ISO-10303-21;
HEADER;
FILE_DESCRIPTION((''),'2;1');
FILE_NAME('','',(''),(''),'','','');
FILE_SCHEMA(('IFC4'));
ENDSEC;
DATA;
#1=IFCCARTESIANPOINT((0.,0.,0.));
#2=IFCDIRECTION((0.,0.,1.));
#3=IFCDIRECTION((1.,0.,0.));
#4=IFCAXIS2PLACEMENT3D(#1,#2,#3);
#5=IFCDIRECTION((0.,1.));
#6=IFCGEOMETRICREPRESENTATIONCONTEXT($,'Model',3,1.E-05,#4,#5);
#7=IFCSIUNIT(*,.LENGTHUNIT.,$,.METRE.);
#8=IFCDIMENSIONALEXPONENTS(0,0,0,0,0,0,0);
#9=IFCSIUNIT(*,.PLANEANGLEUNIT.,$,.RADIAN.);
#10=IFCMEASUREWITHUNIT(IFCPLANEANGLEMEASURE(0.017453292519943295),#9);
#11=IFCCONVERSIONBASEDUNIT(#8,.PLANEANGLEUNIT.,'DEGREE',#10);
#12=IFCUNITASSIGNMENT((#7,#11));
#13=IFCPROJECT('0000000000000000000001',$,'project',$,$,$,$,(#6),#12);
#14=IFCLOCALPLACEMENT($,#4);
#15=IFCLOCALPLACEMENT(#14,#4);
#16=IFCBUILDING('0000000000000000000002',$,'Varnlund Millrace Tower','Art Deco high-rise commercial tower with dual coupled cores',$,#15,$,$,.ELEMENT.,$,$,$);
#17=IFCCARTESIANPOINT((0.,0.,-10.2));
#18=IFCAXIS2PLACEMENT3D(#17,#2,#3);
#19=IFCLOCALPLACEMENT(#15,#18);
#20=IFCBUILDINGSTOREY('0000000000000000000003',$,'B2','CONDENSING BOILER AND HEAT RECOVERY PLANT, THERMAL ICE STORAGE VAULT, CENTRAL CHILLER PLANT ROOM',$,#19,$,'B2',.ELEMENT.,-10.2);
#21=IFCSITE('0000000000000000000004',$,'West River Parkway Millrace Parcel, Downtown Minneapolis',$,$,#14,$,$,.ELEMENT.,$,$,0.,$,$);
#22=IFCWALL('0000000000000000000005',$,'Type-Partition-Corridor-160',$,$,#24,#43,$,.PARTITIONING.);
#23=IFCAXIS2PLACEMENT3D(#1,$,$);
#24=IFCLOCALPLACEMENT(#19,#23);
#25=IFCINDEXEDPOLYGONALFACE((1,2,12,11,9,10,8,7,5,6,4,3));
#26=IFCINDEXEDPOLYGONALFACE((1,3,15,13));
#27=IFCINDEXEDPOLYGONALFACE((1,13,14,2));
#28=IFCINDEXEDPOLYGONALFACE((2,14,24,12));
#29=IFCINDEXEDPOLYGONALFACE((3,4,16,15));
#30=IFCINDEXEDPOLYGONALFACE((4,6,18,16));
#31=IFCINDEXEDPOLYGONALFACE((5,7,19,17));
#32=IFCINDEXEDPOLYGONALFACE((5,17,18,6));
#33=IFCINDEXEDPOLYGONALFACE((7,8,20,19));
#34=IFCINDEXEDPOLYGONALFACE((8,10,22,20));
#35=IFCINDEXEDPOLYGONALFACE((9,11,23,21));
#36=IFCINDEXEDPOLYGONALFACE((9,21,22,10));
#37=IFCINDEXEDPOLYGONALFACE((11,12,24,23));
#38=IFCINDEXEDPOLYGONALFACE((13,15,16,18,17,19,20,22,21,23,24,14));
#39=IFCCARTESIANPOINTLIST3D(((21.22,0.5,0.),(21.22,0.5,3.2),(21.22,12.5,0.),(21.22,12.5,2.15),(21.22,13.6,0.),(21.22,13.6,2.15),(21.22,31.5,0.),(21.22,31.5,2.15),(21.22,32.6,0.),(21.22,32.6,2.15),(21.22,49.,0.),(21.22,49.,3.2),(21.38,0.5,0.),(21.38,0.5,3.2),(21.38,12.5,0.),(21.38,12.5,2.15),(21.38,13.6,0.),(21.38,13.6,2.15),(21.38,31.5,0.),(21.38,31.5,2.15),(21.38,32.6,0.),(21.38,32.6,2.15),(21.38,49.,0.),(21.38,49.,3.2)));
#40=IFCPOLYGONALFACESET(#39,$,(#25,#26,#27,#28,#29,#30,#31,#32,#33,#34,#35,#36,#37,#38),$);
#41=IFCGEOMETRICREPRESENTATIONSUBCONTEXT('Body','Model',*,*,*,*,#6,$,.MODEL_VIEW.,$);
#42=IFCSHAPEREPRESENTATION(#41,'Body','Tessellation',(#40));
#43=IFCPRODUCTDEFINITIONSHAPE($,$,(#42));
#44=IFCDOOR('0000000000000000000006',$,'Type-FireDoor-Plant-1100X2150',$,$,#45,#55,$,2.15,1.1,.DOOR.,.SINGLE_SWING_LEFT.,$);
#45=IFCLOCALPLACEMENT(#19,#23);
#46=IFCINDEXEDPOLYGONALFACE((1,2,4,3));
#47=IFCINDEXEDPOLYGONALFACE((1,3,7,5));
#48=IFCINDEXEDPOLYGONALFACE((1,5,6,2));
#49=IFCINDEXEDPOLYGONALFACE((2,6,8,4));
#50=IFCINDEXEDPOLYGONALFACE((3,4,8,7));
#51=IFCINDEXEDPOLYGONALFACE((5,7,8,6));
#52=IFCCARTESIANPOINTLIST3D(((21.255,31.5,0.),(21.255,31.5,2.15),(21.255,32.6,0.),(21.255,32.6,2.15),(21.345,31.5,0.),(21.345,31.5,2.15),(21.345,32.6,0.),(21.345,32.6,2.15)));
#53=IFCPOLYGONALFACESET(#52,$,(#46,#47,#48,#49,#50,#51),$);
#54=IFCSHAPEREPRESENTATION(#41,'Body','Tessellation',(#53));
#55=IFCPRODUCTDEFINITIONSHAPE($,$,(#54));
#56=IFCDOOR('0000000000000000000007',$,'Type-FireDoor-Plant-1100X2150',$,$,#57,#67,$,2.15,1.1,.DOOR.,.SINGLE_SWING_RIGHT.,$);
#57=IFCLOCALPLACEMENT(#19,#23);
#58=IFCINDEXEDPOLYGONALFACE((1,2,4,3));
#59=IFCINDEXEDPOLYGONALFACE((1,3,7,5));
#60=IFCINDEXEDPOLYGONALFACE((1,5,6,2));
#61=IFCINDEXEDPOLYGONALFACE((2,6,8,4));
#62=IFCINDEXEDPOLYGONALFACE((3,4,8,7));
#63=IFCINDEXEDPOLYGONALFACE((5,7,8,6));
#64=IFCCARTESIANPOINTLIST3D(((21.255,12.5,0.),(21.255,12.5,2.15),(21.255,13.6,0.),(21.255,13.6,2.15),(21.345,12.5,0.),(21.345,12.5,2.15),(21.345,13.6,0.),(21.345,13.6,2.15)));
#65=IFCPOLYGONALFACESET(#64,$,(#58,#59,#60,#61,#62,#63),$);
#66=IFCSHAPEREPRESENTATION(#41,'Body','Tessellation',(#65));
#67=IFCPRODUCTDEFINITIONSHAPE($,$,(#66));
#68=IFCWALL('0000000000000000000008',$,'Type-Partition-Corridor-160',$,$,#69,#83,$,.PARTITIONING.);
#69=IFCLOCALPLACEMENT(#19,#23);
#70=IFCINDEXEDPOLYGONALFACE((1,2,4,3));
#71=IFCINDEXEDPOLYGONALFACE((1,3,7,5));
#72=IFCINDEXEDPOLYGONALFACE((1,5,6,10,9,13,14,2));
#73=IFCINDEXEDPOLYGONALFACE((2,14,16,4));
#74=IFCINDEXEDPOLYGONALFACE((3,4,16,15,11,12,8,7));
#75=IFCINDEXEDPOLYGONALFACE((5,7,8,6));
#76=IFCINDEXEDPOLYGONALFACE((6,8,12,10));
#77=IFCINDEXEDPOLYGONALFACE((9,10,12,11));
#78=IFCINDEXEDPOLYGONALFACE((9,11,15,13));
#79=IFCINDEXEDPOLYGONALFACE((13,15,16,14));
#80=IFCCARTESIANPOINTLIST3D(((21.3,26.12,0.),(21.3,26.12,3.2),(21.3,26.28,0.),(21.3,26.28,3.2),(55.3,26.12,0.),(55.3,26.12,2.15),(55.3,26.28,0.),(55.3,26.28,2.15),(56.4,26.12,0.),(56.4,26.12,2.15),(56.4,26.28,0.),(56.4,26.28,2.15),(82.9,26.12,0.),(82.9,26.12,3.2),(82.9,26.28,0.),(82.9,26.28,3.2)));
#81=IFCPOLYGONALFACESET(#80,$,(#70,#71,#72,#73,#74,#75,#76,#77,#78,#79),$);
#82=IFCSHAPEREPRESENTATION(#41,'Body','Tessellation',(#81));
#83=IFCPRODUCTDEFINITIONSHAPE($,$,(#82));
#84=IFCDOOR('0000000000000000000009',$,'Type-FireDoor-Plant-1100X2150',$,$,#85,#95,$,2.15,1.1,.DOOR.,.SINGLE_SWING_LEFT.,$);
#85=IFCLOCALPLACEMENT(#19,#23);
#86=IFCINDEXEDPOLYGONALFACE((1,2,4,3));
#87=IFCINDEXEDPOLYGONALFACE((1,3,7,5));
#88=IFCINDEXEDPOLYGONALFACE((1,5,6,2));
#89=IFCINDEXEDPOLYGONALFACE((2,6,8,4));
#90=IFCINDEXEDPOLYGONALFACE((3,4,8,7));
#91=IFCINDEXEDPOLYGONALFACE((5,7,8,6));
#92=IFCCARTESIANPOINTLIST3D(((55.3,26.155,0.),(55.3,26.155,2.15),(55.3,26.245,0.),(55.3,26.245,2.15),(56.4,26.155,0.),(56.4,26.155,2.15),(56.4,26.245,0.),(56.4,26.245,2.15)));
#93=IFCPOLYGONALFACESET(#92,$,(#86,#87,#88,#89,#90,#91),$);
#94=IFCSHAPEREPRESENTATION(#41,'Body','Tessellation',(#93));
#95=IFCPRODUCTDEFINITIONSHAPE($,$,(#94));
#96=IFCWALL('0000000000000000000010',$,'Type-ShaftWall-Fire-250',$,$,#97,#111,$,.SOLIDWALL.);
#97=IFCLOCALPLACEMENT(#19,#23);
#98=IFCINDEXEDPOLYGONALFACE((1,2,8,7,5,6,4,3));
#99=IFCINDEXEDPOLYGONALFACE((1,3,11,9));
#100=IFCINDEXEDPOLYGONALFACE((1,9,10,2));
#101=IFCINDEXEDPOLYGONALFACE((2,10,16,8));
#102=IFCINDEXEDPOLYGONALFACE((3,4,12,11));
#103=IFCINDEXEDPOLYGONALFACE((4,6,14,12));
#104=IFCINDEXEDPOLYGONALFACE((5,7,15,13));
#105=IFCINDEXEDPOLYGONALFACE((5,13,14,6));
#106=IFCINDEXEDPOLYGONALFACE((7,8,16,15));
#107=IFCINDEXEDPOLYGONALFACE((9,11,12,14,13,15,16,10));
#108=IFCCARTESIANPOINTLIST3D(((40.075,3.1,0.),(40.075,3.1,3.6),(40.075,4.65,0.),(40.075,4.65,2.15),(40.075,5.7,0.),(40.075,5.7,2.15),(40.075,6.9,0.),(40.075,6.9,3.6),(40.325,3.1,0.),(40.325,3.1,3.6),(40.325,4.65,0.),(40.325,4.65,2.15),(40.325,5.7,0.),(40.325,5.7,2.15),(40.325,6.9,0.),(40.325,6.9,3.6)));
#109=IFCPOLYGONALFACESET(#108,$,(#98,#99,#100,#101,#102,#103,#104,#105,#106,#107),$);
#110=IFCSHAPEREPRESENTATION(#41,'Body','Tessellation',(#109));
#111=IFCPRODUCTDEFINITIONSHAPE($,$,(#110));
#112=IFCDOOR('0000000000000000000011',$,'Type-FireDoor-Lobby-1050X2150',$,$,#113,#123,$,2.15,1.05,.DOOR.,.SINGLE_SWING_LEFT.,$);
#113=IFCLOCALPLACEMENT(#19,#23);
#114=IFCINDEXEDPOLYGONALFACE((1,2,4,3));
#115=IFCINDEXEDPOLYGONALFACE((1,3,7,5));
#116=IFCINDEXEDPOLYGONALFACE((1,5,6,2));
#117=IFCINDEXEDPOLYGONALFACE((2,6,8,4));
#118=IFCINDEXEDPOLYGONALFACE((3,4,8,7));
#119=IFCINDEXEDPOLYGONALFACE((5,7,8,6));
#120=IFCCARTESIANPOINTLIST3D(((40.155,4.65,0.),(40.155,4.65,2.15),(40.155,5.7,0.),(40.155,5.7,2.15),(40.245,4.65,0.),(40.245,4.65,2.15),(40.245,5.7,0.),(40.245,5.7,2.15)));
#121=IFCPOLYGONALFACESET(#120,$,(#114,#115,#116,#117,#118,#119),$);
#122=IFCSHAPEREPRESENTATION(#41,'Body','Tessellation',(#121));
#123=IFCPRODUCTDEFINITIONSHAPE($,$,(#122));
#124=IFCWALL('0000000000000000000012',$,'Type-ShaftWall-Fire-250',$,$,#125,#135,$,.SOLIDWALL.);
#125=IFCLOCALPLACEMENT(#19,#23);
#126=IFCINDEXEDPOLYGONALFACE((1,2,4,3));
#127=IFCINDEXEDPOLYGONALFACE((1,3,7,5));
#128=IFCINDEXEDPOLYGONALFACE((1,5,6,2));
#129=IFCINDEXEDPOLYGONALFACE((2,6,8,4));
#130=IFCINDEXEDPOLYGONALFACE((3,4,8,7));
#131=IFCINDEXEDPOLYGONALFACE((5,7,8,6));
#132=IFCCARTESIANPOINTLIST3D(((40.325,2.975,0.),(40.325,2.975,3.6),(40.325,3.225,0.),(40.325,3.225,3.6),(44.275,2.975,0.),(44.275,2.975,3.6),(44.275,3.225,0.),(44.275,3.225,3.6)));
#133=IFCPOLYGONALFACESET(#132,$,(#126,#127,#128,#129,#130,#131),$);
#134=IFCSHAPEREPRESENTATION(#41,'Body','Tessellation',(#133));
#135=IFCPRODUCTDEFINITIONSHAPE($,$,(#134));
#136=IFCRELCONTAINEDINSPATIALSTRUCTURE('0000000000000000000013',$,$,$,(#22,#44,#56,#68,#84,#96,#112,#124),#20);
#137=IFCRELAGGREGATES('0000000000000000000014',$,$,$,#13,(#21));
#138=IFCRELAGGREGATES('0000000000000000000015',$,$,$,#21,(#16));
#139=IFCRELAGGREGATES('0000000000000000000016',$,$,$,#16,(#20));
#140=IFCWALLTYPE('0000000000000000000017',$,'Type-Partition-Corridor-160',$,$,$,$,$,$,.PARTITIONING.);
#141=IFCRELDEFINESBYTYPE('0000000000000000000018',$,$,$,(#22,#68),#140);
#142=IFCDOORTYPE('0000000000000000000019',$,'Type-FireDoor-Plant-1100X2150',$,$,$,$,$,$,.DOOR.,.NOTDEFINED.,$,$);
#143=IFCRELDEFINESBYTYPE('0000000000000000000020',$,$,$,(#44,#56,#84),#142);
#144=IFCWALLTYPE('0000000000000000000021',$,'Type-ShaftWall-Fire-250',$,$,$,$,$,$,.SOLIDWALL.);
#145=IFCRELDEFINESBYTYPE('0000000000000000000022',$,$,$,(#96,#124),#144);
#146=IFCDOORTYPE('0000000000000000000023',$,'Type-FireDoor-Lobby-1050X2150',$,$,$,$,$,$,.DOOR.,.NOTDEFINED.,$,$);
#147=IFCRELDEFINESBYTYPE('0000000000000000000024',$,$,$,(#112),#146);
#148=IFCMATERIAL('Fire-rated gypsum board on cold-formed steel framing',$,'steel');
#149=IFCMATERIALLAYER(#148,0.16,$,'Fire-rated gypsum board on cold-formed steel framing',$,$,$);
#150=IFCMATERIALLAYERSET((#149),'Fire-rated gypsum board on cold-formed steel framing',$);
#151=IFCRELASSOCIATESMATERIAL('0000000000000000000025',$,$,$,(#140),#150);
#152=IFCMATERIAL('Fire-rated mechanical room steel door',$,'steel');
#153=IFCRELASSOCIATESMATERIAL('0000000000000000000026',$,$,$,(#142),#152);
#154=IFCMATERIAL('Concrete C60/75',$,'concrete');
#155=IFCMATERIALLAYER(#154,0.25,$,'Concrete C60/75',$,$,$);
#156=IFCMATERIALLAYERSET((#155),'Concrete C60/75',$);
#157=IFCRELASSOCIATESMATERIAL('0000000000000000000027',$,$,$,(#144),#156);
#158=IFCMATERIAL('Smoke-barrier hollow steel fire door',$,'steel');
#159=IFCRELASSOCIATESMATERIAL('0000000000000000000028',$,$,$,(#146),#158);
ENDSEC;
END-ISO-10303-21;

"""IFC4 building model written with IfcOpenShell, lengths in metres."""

from ifc_helpers import new_model, entity, si_unit, converted_unit, direction, frame, origin_with_axes, origin_2d_with_axis, place, context, subcontext, project, spatial, polyline, rectangle, outline, extrude, material, layer, layer_set, type_object, element, fill, save


model = new_model("IFC4")

# Units and contexts
model_context = context("Model", 3, precision=1e-05, world=origin_with_axes(), true_north=direction((0.0, 1.0)))
body_context = subcontext(model_context, "Body", "Model", "MODEL_VIEW")
ifc_project = project(units=[si_unit("LENGTHUNIT", "METRE"), converted_unit("PLANEANGLEUNIT", "DEGREE", entity("IfcPlaneAngleMeasure", 0.017453292519943295), si_unit("PLANEANGLEUNIT", "RADIAN"), dimensions=[0, 0, 0, 0, 0, 0, 0])], contexts=[model_context])

# Site, building, storey
site_placement = place(None, origin_with_axes())
site = spatial("IfcSite", under=ifc_project, at=site_placement, Name="West River Parkway Millrace Parcel, Downtown Minneapolis", CompositionType="ELEMENT", RefElevation=0.0)
building_placement = place(site_placement, origin_with_axes())
building = spatial("IfcBuilding", under=site, at=building_placement, Name="Varnlund Millrace Tower", Description="Art Deco high-rise commercial tower with dual coupled cores", CompositionType="ELEMENT")
storey_placement = place(building_placement, frame((0.0, 0.0, -10.2), z_axis=(0.0, 0.0, 1.0), x_axis=(1.0, 0.0, 0.0)))
storey = spatial("IfcBuildingStorey", under=building, at=storey_placement, Name="B2", Description="CONDENSING BOILER AND HEAT RECOVERY PLANT, THERMAL ICE STORAGE VAULT, CENTRAL CHILLER PLANT ROOM", LongName="B2", CompositionType="ELEMENT", Elevation=-10.2)

# Wall, openings, doors
ifc_material_1 = material(Name="Fire-rated gypsum board on cold-formed steel framing", Category="steel")
ifc_layer_1 = layer(ifc_material_1, 0.16, Name="Fire-rated gypsum board on cold-formed steel framing")
ifc_layer_set_1 = layer_set([ifc_layer_1], Name="Fire-rated gypsum board on cold-formed steel framing")
wall_type_1 = type_object("IfcWallType", Name="Type-Partition-Corridor-160", PredefinedType="PARTITIONING", material=ifc_layer_set_1)
wall_1_placement = place(storey_placement, frame((21.3, 0.5, 0.0), z_axis=(0.0, 0.0, 1.0), x_axis=(0.0, 1.0, 0.0)))
wall_1 = element("IfcWall", 1, at=wall_1_placement, inside=storey, type_object=wall_type_1, Name="Type-Partition-Corridor-160", PredefinedType="PARTITIONING", context=body_context, shape_type="SweptSolid", body=[
    extrude(outline(polyline([(0.0, -0.08), (48.5, -0.08), (48.5, 0.08), (0.0, 0.08), (0.0, -0.08)])), origin_with_axes(), (0.0, 0.0, 1.0), 3.2),
])
opening_1_placement = place(wall_1_placement, frame((31.55, 0.0, 0.0), z_axis=(0.0, 0.0, 1.0), x_axis=(1.0, 0.0, 0.0)))
opening_1 = element("IfcOpeningElement", 2, at=opening_1_placement, cuts=wall_1, PredefinedType="OPENING", context=body_context, shape_type="SweptSolid", body=[
    extrude(rectangle(XDim=1.1, YDim=0.18, at=origin_2d_with_axis()), origin_with_axes(), (0.0, 0.0, 1.0), 2.15),
])
opening_2_placement = place(wall_1_placement, frame((12.55, 0.0, 0.0), z_axis=(0.0, 0.0, 1.0), x_axis=(1.0, 0.0, 0.0)))
opening_2 = element("IfcOpeningElement", 3, at=opening_2_placement, cuts=wall_1, PredefinedType="OPENING", context=body_context, shape_type="SweptSolid", body=[
    extrude(rectangle(XDim=1.1, YDim=0.18, at=origin_2d_with_axis()), origin_with_axes(), (0.0, 0.0, 1.0), 2.15),
])
ifc_material_2 = material(Name="Fire-rated mechanical room steel door", Category="steel")
door_type_1 = type_object("IfcDoorType", Name="Type-FireDoor-Plant-1100X2150", OperationType="NOTDEFINED", PredefinedType="DOOR", material=ifc_material_2)
door_1_placement = place(wall_1_placement, frame((31.55, 0.0, 0.0), z_axis=(0.0, 0.0, 1.0), x_axis=(1.0, 0.0, 0.0)))
door_1 = element("IfcDoor", 4, at=door_1_placement, inside=storey, type_object=door_type_1, Name="Type-FireDoor-Plant-1100X2150", OperationType="SINGLE_SWING_LEFT", OverallHeight=2.15, OverallWidth=1.1, PredefinedType="DOOR", context=body_context, shape_type="SweptSolid", body=[
    extrude(rectangle(XDim=1.1, YDim=0.09, at=origin_2d_with_axis()), origin_with_axes(), (0.0, 0.0, 1.0), 2.15),
])
fill(opening_1, door_1)
door_2_placement = place(wall_1_placement, frame((12.55, 0.0, 0.0), z_axis=(0.0, 0.0, 1.0), x_axis=(1.0, 0.0, 0.0)))
door_2 = element("IfcDoor", 5, at=door_2_placement, inside=storey, type_object=door_type_1, Name="Type-FireDoor-Plant-1100X2150", OperationType="SINGLE_SWING_RIGHT", OverallHeight=2.15, OverallWidth=1.1, PredefinedType="DOOR", context=body_context, shape_type="SweptSolid", body=[
    extrude(rectangle(XDim=1.1, YDim=0.09, at=origin_2d_with_axis()), origin_with_axes(), (0.0, 0.0, 1.0), 2.15),
])
fill(opening_2, door_2)

# Walls, openings, doors
wall_2_placement = place(storey_placement, frame((21.3, 26.2, 0.0), z_axis=(0.0, 0.0, 1.0), x_axis=(1.0, 0.0, 0.0)))
wall_2 = element("IfcWall", 6, at=wall_2_placement, inside=storey, type_object=wall_type_1, Name="Type-Partition-Corridor-160", PredefinedType="PARTITIONING", context=body_context, shape_type="SweptSolid", body=[
    extrude(outline(polyline([(0.0, -0.08), (61.6, -0.08), (61.6, 0.08), (0.0, 0.08), (0.0, -0.08)])), origin_with_axes(), (0.0, 0.0, 1.0), 3.2),
])
opening_3_placement = place(wall_2_placement, frame((34.55, 0.0, 0.0), z_axis=(0.0, 0.0, 1.0), x_axis=(1.0, 0.0, 0.0)))
opening_3 = element("IfcOpeningElement", 7, at=opening_3_placement, cuts=wall_2, PredefinedType="OPENING", context=body_context, shape_type="SweptSolid", body=[
    extrude(rectangle(XDim=1.1, YDim=0.18, at=origin_2d_with_axis()), origin_with_axes(), (0.0, 0.0, 1.0), 2.15),
])
door_3_placement = place(wall_2_placement, frame((34.55, 0.0, 0.0), z_axis=(0.0, 0.0, 1.0), x_axis=(1.0, 0.0, 0.0)))
door_3 = element("IfcDoor", 8, at=door_3_placement, inside=storey, type_object=door_type_1, Name="Type-FireDoor-Plant-1100X2150", OperationType="SINGLE_SWING_LEFT", OverallHeight=2.15, OverallWidth=1.1, PredefinedType="DOOR", context=body_context, shape_type="SweptSolid", body=[
    extrude(rectangle(XDim=1.1, YDim=0.09, at=origin_2d_with_axis()), origin_with_axes(), (0.0, 0.0, 1.0), 2.15),
])
fill(opening_3, door_3)
ifc_material_3 = material(Name="Concrete C60/75", Category="concrete")
ifc_layer_2 = layer(ifc_material_3, 0.25, Name="Concrete C60/75")
ifc_layer_set_2 = layer_set([ifc_layer_2], Name="Concrete C60/75")
wall_type_2 = type_object("IfcWallType", Name="Type-ShaftWall-Fire-250", PredefinedType="SOLIDWALL", material=ifc_layer_set_2)
wall_3_placement = place(storey_placement, frame((40.2, 3.1, 0.0), z_axis=(0.0, 0.0, 1.0), x_axis=(0.0, 1.0, 0.0)))
wall_3 = element("IfcWall", 9, at=wall_3_placement, inside=storey, type_object=wall_type_2, Name="Type-ShaftWall-Fire-250", PredefinedType="SOLIDWALL", context=body_context, shape_type="SweptSolid", body=[
    extrude(outline(polyline([(0.0, -0.125), (3.8, -0.125), (3.8, 0.125), (0.0, 0.125), (0.0, -0.125)])), origin_with_axes(), (0.0, 0.0, 1.0), 3.6),
])
opening_4_placement = place(wall_3_placement, frame((2.075, 0.0, 0.0), z_axis=(0.0, 0.0, 1.0), x_axis=(1.0, 0.0, 0.0)))
opening_4 = element("IfcOpeningElement", 10, at=opening_4_placement, cuts=wall_3, PredefinedType="OPENING", context=body_context, shape_type="SweptSolid", body=[
    extrude(rectangle(XDim=1.05, YDim=0.27, at=origin_2d_with_axis()), origin_with_axes(), (0.0, 0.0, 1.0), 2.15),
])
ifc_material_4 = material(Name="Smoke-barrier hollow steel fire door", Category="steel")
door_type_2 = type_object("IfcDoorType", Name="Type-FireDoor-Lobby-1050X2150", OperationType="NOTDEFINED", PredefinedType="DOOR", material=ifc_material_4)
door_4_placement = place(wall_3_placement, frame((2.075, 0.0, 0.0), z_axis=(0.0, 0.0, 1.0), x_axis=(1.0, 0.0, 0.0)))
door_4 = element("IfcDoor", 11, at=door_4_placement, inside=storey, type_object=door_type_2, Name="Type-FireDoor-Lobby-1050X2150", OperationType="SINGLE_SWING_LEFT", OverallHeight=2.15, OverallWidth=1.05, PredefinedType="DOOR", context=body_context, shape_type="SweptSolid", body=[
    extrude(rectangle(XDim=1.05, YDim=0.09, at=origin_2d_with_axis()), origin_with_axes(), (0.0, 0.0, 1.0), 2.15),
])
fill(opening_4, door_4)

# Wall
wall_4_placement = place(storey_placement, frame((40.325, 3.1, 0.0), z_axis=(0.0, 0.0, 1.0), x_axis=(1.0, 0.0, 0.0)))
element("IfcWall", 12, at=wall_4_placement, inside=storey, type_object=wall_type_2, Name="Type-ShaftWall-Fire-250", PredefinedType="SOLIDWALL", context=body_context, shape_type="SweptSolid", body=[
    extrude(outline(polyline([(0.0, -0.125), (3.95, -0.125), (3.95, 0.125), (0.0, 0.125), (0.0, -0.125)])), origin_with_axes(), (0.0, 0.0, 1.0), 3.6),
])

save(model, "model.ifc")
